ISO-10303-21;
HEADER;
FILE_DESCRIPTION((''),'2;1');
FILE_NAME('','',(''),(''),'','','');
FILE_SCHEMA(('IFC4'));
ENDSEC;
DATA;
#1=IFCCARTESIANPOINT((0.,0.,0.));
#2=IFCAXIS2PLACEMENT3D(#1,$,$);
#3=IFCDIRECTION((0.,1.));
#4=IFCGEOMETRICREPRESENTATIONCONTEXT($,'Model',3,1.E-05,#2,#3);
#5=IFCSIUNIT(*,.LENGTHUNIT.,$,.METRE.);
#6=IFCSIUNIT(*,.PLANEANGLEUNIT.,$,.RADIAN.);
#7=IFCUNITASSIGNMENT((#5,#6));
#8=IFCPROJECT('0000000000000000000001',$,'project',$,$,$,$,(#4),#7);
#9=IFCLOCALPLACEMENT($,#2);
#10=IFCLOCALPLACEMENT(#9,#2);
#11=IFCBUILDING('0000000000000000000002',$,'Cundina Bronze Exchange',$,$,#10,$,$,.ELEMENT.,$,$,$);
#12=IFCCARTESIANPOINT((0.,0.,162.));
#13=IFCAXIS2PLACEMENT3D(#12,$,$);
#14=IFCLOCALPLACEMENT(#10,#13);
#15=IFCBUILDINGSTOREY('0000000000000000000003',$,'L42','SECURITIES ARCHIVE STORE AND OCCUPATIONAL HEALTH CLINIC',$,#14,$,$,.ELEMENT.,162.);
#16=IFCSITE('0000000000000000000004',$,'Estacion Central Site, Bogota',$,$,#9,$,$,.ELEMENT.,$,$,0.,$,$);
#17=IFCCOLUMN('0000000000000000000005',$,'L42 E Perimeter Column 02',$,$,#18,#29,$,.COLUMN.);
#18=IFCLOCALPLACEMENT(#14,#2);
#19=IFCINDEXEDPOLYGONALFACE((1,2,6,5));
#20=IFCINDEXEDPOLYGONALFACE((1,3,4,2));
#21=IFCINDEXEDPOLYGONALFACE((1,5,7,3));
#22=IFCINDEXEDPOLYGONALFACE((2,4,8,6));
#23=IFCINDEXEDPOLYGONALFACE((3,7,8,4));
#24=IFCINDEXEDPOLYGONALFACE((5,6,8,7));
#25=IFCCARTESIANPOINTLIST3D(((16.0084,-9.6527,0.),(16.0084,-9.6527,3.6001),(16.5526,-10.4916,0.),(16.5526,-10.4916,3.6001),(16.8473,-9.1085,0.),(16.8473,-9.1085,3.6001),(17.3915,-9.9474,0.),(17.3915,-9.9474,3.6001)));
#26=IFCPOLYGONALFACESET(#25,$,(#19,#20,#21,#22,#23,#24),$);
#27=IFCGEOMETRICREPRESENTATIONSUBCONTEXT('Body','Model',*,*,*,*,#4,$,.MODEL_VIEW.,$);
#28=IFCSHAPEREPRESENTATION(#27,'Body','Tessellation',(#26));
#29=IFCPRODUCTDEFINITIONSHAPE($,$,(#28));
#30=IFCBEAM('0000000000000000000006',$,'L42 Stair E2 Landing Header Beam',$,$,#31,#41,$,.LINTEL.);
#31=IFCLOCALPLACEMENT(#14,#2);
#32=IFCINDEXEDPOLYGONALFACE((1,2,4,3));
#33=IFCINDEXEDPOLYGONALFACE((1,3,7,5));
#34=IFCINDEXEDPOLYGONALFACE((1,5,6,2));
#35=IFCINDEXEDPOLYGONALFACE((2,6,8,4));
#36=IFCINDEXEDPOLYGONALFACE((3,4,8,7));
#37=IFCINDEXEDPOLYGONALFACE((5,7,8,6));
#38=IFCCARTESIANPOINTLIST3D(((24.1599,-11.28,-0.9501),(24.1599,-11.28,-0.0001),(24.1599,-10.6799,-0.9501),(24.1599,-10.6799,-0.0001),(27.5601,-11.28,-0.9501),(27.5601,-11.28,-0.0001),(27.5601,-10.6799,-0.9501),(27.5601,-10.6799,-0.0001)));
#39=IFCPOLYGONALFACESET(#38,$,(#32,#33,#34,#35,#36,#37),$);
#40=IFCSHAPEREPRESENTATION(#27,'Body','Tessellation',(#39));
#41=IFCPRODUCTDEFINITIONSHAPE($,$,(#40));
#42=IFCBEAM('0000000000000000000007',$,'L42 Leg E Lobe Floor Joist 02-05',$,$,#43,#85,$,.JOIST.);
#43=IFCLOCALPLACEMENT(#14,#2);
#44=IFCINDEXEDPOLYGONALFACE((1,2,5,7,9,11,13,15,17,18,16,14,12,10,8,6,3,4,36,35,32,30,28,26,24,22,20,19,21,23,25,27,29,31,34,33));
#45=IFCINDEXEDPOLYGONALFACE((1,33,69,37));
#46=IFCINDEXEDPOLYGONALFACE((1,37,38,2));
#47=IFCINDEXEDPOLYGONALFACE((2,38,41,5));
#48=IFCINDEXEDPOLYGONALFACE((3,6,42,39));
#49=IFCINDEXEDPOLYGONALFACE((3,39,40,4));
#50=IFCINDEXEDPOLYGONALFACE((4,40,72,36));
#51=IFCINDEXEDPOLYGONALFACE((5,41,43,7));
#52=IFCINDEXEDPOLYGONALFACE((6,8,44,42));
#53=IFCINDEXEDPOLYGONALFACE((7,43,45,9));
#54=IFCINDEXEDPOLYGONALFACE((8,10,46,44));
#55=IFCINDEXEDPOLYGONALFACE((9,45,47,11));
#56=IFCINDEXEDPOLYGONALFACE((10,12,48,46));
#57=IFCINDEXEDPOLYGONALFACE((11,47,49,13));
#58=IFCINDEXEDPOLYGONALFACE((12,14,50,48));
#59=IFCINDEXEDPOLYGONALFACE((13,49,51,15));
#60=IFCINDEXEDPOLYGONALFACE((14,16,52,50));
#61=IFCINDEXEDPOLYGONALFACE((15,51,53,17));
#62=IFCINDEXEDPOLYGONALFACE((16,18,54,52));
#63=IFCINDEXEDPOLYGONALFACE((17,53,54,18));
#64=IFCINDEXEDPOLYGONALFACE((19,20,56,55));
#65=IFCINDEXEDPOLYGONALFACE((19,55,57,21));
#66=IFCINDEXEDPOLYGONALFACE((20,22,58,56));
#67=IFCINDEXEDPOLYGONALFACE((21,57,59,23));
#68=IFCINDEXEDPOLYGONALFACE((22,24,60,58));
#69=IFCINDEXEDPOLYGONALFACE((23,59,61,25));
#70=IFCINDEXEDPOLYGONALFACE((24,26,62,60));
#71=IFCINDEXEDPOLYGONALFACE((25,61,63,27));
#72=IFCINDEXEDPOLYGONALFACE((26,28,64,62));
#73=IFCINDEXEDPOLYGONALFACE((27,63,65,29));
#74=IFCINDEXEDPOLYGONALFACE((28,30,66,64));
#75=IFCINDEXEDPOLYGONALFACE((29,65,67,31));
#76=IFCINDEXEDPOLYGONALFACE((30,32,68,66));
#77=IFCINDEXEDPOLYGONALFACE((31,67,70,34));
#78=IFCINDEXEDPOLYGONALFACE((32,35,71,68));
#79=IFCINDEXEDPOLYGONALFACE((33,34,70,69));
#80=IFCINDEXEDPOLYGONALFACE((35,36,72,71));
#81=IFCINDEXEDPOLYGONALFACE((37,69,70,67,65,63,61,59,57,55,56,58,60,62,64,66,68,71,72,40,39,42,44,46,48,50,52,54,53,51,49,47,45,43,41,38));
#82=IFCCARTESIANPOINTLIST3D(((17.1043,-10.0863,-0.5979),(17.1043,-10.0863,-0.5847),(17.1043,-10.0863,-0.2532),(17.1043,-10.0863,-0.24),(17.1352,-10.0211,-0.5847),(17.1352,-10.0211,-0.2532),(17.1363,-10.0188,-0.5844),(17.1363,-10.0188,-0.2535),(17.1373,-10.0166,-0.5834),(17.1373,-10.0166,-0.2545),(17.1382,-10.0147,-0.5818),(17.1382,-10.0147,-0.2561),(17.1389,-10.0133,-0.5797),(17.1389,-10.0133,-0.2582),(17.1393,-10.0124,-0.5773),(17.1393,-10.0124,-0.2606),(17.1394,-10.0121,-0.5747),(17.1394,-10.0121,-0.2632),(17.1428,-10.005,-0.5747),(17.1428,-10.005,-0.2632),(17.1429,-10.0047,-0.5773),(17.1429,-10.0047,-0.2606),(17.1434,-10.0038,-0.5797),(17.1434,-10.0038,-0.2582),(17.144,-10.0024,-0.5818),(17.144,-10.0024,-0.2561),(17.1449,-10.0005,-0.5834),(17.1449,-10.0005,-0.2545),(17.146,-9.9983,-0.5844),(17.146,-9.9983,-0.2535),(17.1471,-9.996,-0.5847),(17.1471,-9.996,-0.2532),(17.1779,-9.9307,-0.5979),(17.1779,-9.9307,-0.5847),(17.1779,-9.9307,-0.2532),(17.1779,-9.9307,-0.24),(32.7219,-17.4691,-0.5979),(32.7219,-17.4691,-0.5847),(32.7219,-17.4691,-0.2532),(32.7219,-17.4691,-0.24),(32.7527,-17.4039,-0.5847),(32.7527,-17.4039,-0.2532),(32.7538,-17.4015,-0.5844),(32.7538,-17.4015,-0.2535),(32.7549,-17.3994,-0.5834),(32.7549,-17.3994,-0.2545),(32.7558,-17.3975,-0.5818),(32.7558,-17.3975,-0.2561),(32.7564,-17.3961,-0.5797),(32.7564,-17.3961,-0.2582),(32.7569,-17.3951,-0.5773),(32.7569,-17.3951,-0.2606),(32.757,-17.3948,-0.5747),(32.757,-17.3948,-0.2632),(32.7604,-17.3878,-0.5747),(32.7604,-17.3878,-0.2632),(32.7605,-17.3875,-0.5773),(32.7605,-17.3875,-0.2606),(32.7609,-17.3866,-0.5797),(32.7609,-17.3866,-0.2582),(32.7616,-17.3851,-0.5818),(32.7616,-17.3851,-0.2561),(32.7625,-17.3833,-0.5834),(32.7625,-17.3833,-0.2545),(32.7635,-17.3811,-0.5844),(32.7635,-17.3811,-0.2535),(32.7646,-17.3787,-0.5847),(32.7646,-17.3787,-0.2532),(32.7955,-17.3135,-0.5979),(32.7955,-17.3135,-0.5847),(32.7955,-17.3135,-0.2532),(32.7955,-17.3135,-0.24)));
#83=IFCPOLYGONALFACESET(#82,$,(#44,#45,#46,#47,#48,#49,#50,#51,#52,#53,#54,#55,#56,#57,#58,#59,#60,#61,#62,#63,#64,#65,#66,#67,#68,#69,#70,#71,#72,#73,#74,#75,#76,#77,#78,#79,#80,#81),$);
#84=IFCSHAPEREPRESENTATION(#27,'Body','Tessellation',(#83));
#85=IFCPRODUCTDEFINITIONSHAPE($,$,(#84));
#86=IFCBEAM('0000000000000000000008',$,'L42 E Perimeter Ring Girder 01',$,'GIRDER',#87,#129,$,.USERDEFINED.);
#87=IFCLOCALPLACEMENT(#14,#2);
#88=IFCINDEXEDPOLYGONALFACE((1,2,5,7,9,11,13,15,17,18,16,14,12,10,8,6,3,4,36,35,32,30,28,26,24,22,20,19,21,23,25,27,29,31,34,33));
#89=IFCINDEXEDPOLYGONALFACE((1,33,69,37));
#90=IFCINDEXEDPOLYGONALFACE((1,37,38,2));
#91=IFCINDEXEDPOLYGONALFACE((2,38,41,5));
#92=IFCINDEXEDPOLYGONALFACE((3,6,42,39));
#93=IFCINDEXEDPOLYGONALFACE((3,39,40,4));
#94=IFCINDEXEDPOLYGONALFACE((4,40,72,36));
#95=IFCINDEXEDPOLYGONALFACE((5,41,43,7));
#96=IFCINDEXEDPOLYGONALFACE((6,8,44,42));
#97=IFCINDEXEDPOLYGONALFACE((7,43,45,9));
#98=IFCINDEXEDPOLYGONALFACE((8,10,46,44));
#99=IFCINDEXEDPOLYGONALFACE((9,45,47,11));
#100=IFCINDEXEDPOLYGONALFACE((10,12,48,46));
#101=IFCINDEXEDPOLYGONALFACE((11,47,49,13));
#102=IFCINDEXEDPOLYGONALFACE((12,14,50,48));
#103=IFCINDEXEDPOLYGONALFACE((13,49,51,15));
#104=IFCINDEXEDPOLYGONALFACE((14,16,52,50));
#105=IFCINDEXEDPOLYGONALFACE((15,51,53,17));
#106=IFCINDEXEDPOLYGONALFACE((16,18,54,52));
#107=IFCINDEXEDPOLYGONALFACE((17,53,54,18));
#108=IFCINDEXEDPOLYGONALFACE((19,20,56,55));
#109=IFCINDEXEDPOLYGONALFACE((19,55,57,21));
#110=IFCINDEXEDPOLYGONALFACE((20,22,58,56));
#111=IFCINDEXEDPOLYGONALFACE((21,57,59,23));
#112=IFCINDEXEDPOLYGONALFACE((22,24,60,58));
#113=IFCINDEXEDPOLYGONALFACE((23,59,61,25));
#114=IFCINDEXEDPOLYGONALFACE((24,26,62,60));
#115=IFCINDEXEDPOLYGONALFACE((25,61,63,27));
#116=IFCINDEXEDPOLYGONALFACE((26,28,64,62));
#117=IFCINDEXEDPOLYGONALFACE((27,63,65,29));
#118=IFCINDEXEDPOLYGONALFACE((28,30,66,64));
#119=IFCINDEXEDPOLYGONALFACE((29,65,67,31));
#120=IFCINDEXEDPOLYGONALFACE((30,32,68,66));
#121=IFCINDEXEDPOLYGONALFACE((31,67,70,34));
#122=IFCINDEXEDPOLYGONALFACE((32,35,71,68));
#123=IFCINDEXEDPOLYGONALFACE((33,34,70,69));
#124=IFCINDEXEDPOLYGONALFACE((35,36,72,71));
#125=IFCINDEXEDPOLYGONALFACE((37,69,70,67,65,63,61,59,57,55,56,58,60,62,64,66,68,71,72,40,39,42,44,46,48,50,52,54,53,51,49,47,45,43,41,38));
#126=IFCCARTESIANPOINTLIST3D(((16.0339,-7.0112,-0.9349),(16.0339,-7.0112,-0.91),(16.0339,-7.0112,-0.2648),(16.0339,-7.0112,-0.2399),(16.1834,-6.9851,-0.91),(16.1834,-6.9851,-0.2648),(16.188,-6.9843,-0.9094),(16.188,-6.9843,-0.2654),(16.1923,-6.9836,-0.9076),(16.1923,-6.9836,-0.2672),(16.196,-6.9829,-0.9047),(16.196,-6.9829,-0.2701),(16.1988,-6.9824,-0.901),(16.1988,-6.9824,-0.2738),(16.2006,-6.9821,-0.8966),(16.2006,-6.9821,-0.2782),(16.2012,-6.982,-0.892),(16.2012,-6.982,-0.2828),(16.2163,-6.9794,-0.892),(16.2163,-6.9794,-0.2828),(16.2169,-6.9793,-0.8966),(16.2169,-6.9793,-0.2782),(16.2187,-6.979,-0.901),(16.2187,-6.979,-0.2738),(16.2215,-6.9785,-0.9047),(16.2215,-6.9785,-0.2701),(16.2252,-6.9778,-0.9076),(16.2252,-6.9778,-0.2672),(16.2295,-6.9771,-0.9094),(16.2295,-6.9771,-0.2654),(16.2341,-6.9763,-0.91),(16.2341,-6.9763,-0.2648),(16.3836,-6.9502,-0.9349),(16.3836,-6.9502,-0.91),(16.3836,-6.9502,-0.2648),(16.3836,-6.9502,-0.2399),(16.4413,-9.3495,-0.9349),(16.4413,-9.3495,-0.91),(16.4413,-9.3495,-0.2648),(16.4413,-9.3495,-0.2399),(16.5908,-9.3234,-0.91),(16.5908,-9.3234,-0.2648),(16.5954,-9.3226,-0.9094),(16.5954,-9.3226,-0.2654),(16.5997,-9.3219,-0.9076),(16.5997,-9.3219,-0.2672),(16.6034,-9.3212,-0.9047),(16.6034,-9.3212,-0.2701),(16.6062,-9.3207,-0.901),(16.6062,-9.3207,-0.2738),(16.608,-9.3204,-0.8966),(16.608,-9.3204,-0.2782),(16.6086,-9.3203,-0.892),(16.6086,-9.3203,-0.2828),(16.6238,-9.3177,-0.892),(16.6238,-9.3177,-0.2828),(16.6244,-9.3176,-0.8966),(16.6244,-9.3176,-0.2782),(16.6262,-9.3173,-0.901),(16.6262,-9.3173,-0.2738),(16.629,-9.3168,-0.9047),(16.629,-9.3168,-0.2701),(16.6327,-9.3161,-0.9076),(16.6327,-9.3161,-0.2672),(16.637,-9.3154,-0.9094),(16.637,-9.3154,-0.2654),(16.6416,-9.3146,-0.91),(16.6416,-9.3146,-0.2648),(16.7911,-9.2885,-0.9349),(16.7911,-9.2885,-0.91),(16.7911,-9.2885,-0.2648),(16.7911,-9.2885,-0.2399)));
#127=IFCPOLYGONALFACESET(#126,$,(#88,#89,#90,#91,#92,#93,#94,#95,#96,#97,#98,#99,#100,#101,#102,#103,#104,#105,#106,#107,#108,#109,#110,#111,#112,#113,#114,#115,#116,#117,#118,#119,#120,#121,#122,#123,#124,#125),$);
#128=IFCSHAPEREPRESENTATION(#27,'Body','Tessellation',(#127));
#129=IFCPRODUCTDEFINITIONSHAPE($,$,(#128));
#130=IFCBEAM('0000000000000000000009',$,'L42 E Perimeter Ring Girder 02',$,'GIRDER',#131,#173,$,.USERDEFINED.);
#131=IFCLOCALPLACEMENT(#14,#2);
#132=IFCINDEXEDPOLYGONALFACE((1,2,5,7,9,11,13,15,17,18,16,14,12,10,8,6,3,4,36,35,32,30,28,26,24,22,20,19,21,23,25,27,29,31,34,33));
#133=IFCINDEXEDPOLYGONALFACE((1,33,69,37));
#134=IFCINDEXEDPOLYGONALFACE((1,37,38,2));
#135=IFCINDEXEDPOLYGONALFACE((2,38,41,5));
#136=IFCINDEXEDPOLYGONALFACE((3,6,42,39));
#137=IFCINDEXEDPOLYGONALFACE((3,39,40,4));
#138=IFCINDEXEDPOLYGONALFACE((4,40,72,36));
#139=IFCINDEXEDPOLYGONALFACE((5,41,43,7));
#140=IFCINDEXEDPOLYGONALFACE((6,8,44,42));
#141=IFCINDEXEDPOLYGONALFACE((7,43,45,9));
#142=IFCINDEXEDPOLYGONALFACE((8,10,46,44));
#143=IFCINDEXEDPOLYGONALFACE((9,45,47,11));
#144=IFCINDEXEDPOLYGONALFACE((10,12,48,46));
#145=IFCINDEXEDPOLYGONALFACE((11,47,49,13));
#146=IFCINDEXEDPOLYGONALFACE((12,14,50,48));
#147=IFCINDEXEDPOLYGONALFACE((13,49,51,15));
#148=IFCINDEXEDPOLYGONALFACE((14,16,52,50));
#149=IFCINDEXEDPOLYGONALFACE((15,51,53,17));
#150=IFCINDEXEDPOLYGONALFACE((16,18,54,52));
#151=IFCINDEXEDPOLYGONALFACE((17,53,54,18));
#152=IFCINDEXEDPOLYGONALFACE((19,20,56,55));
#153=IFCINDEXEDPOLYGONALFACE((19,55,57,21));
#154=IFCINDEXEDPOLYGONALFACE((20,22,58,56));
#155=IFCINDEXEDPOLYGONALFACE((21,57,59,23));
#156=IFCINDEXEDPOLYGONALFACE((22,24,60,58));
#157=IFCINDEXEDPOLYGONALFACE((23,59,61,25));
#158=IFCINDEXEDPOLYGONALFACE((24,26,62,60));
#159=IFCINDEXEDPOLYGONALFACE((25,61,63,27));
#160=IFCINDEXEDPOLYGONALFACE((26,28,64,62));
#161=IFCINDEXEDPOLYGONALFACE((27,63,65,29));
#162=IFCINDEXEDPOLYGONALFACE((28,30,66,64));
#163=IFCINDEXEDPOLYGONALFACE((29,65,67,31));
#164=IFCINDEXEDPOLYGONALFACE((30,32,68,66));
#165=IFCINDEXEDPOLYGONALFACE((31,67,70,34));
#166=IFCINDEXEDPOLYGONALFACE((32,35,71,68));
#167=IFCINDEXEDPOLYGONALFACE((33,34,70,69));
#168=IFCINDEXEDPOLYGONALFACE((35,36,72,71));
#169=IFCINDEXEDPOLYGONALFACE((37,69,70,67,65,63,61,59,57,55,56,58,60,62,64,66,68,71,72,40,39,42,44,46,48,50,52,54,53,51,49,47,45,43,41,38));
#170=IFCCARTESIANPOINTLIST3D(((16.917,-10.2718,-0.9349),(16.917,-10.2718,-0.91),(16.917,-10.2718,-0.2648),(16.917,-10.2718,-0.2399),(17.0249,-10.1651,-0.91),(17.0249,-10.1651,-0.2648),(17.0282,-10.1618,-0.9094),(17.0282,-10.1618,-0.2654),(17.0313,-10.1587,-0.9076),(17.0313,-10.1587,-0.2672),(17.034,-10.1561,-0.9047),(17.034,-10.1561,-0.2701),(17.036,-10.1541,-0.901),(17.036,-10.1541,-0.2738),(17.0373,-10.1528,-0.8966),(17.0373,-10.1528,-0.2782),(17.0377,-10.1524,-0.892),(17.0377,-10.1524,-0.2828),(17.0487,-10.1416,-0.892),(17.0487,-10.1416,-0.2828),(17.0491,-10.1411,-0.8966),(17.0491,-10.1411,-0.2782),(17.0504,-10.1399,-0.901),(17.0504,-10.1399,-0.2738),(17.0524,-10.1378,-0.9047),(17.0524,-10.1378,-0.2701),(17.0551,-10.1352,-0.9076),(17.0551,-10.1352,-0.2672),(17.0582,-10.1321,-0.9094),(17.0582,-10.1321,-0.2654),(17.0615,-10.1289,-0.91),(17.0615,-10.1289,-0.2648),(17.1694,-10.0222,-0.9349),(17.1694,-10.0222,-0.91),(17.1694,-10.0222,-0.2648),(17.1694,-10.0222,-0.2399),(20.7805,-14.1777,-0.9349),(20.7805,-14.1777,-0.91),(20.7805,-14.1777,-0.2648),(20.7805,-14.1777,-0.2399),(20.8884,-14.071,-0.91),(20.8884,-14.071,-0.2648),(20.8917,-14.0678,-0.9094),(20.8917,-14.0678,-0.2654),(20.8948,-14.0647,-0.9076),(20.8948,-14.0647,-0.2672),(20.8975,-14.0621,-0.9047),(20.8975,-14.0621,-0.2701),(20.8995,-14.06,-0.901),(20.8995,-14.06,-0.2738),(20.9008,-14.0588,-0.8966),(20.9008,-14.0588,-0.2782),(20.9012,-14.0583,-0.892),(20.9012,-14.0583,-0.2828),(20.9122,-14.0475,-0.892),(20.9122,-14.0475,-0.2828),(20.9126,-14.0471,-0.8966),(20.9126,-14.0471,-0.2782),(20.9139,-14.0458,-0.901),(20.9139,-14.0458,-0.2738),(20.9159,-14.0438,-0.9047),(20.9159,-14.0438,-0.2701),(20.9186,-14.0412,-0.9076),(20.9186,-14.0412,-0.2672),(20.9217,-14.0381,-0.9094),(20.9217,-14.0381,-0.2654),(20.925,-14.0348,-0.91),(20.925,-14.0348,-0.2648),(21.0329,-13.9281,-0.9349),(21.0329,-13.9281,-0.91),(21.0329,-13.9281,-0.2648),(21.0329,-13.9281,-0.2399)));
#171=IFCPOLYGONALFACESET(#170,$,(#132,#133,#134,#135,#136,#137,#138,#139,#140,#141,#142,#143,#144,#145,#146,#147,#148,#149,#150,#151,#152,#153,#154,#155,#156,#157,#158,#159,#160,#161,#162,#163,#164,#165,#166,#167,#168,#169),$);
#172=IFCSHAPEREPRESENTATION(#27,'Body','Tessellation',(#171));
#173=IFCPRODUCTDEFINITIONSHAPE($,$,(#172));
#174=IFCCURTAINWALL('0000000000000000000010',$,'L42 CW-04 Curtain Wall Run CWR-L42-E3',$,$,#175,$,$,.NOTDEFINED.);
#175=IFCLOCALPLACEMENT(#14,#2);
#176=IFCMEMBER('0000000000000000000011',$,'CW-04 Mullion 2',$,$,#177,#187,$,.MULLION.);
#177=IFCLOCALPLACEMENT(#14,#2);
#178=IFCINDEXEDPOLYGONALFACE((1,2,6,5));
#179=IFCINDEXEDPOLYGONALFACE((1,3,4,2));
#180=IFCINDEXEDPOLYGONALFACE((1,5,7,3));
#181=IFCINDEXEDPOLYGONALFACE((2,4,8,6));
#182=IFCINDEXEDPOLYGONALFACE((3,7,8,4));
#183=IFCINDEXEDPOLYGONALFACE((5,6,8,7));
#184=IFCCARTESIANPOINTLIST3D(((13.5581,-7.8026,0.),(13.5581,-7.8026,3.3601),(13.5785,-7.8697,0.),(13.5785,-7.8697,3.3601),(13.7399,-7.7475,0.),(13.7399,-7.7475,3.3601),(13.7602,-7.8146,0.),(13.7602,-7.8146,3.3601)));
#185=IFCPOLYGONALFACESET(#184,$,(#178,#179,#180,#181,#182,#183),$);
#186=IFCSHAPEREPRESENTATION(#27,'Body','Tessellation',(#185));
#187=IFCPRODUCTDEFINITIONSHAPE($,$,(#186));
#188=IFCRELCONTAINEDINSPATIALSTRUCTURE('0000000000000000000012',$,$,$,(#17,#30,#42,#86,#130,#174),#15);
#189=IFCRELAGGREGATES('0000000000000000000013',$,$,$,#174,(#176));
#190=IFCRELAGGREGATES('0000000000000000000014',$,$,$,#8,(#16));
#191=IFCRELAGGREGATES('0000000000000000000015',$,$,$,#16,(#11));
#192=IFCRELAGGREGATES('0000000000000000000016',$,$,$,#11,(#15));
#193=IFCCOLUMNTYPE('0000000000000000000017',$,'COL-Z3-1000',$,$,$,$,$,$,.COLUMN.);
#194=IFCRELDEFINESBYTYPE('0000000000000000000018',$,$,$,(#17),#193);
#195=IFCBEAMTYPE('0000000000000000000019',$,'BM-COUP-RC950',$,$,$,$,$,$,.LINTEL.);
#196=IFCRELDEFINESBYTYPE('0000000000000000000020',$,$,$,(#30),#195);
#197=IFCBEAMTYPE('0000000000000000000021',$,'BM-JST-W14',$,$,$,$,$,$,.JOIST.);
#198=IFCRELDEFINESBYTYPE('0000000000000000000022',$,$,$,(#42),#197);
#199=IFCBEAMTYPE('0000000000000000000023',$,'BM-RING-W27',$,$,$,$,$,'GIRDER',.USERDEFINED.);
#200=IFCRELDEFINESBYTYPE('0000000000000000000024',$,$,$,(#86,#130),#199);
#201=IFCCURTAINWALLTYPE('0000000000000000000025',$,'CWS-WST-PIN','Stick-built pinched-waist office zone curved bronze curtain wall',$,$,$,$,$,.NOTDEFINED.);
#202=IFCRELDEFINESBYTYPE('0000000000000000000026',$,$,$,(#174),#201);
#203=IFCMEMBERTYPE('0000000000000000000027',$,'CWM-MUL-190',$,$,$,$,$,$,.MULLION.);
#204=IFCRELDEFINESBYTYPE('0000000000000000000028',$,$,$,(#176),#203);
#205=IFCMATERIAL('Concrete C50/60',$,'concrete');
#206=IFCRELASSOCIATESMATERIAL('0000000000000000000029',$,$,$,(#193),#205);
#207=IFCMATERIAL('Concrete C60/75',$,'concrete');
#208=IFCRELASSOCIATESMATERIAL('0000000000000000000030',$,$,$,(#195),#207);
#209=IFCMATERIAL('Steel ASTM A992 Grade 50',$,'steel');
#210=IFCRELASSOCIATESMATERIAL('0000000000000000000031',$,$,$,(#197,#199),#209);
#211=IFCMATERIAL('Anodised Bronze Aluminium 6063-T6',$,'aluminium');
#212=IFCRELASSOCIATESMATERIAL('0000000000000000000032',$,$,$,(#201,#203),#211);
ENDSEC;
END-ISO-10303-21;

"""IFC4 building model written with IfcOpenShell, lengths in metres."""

from ifc_helpers import new_model, si_unit, direction, frame, origin, origin_2d, place, context, subcontext, project, spatial, rectangle, i_section, extrude, material, material_profile, profile_set, type_object, element, aggregate, save


model = new_model("IFC4")

# Units and contexts
model_context = context("Model", 3, precision=1e-05, world=origin(), true_north=direction((0.0, 1.0)))
body_context = subcontext(model_context, "Body", "Model", "MODEL_VIEW")
ifc_project = project(units=[si_unit("LENGTHUNIT", "METRE"), si_unit("PLANEANGLEUNIT", "RADIAN")], contexts=[model_context])

# Site, building, storey
site_placement = place(None, origin())
site = spatial("IfcSite", under=ifc_project, at=site_placement, Name="Estacion Central Site, Bogota", CompositionType="ELEMENT", RefElevation=0.0)
building_placement = place(site_placement, origin())
building = spatial("IfcBuilding", under=site, at=building_placement, Name="Cundina Bronze Exchange", CompositionType="ELEMENT")
storey_placement = place(building_placement, frame((0.0, 0.0, 162.0)))
storey = spatial("IfcBuildingStorey", under=building, at=storey_placement, Name="L42", Description="SECURITIES ARCHIVE STORE AND OCCUPATIONAL HEALTH CLINIC", CompositionType="ELEMENT", Elevation=162.0)

# Column
ifc_material_1 = material(Name="Concrete C50/60", Category="concrete")
ifc_material_profile_1 = material_profile(ifc_material_1, rectangle(XDim=1.0, YDim=1.0, at=origin_2d()), Name="RC1000X1000", Category="concrete")
ifc_profile_set_1 = profile_set([ifc_material_profile_1], Name="Concrete C50/60")
column_type = type_object("IfcColumnType", Name="COL-Z3-1000", PredefinedType="COLUMN", material=ifc_profile_set_1)
column_placement = place(storey_placement, frame((16.7, -9.8, 0.0), z_axis=(0.0, 0.0, 1.0), x_axis=(0.5442, -0.838956, 0.0)))
element("IfcColumn", 1, at=column_placement, inside=storey, type_object=column_type, Name="L42 E Perimeter Column 02", PredefinedType="COLUMN", context=body_context, shape_type="SweptSolid", body=[
    extrude(rectangle(XDim=1.0, YDim=1.0, at=origin_2d()), origin(), (0.0, 0.0, 1.0), 3.6001),
])

# Beams
ifc_material_2 = material(Name="Concrete C60/75", Category="concrete")
ifc_material_profile_2 = material_profile(ifc_material_2, rectangle(XDim=0.6001, YDim=0.95, at=origin_2d()), Name="RC600X950", Category="concrete")
ifc_profile_set_2 = profile_set([ifc_material_profile_2], Name="Concrete C60/75")
beam_type_1 = type_object("IfcBeamType", Name="BM-COUP-RC950", PredefinedType="LINTEL", material=ifc_profile_set_2)
beam_1_placement = place(storey_placement, frame((24.1599, -10.98, -0.4751), z_axis=(1.0, 0.0, 0.0), x_axis=(0.0, 1.0, 0.0)))
element("IfcBeam", 2, at=beam_1_placement, inside=storey, type_object=beam_type_1, Name="L42 Stair E2 Landing Header Beam", PredefinedType="LINTEL", context=body_context, shape_type="SweptSolid", body=[
    extrude(rectangle(XDim=0.6001, YDim=0.95, at=origin_2d()), origin(), (0.0, 0.0, 1.0), 3.4001),
])
ifc_material_3 = material(Name="Steel ASTM A992 Grade 50", Category="steel")
ifc_material_profile_3 = material_profile(ifc_material_3, i_section(OverallWidth=0.1721, OverallDepth=0.3579, WebThickness=0.0078, FlangeThickness=0.0132, FilletRadius=0.01, at=origin_2d()), Name="W14X38", Category="steel")
ifc_profile_set_3 = profile_set([ifc_material_profile_3], Name="Steel ASTM A992 Grade 50")
beam_type_2 = type_object("IfcBeamType", Name="BM-JST-W14", PredefinedType="JOIST", material=ifc_profile_set_3)
beam_2_placement = place(storey_placement, frame((17.1411, -10.0085, -0.4189), z_axis=(0.904074, -0.427375, 0.0), x_axis=(0.427375, 0.904074, 0.0)))
element("IfcBeam", 3, at=beam_2_placement, inside=storey, type_object=beam_type_2, Name="L42 Leg E Lobe Floor Joist 02-05", PredefinedType="JOIST", context=body_context, shape_type="SweptSolid", body=[
    extrude(i_section(OverallWidth=0.1721, OverallDepth=0.3579, WebThickness=0.0078, FlangeThickness=0.0132, FilletRadius=0.01, at=origin_2d()), origin(), (0.0, 0.0, 1.0), 17.2747),
])
ifc_material_profile_4 = material_profile(ifc_material_3, i_section(OverallWidth=0.355, OverallDepth=0.6951, WebThickness=0.0154, FlangeThickness=0.0249, FilletRadius=0.0181, at=origin_2d()), Name="W27X146", Category="steel")
ifc_profile_set_4 = profile_set([ifc_material_profile_4], Name="Steel ASTM A992 Grade 50")
beam_type_3 = type_object("IfcBeamType", Name="BM-RING-W27", ElementType="GIRDER", PredefinedType="USERDEFINED", material=ifc_profile_set_4)
beam_3_placement = place(storey_placement, frame((16.2087, -6.9807, -0.5874), z_axis=(0.171667, -0.985155, 0.0), x_axis=(0.985155, 0.171667, 0.0)))
element("IfcBeam", 4, at=beam_3_placement, inside=storey, type_object=beam_type_3, Name="L42 E Perimeter Ring Girder 01", ObjectType="GIRDER", PredefinedType="USERDEFINED", context=body_context, shape_type="SweptSolid", body=[
    extrude(i_section(OverallWidth=0.355, OverallDepth=0.6951, WebThickness=0.0154, FlangeThickness=0.0249, FilletRadius=0.0181, at=origin_2d()), origin(), (0.0, 0.0, 1.0), 2.3735),
])
beam_4_placement = place(storey_placement, frame((17.0432, -10.147, -0.5874), z_axis=(0.70323, -0.710962, 0.0), x_axis=(0.710962, 0.70323, 0.0)))
element("IfcBeam", 5, at=beam_4_placement, inside=storey, type_object=beam_type_3, Name="L42 E Perimeter Ring Girder 02", ObjectType="GIRDER", PredefinedType="USERDEFINED", context=body_context, shape_type="SweptSolid", body=[
    extrude(i_section(OverallWidth=0.355, OverallDepth=0.6951, WebThickness=0.0154, FlangeThickness=0.0249, FilletRadius=0.0181, at=origin_2d()), origin(), (0.0, 0.0, 1.0), 5.4939),
])

# Curtain wall, member
ifc_material_4 = material(Name="Anodised Bronze Aluminium 6063-T6", Category="aluminium")
curtain_wall_type = type_object("IfcCurtainWallType", Name="CWS-WST-PIN", Description="Stick-built pinched-waist office zone curved bronze curtain wall", PredefinedType="NOTDEFINED", material=ifc_material_4)
curtain_wall_placement = place(storey_placement, origin())
curtain_wall = element("IfcCurtainWall", 6, at=curtain_wall_placement, inside=storey, type_object=curtain_wall_type, Name="L42 CW-04 Curtain Wall Run CWR-L42-E3", PredefinedType="NOTDEFINED")
ifc_material_profile_5 = material_profile(ifc_material_4, rectangle(XDim=0.0701, YDim=0.1899, at=origin_2d()), Name="AL70X190", Category="aluminium")
ifc_profile_set_5 = profile_set([ifc_material_profile_5], Name="Anodised Bronze Aluminium 6063-T6")
member_type_1 = type_object("IfcMemberType", Name="CWM-MUL-190", PredefinedType="MULLION", material=ifc_profile_set_5)
member_1_placement = place(storey_placement, frame((13.6592, -7.8086, 0.0), z_axis=(0.0, 0.0, 1.0), x_axis=(0.290034, -0.957016, 0.0)))
member_1 = element("IfcMember", 7, at=member_1_placement, type_object=member_type_1, Name="CW-04 Mullion 2", PredefinedType="MULLION", context=body_context, shape_type="SweptSolid", body=[
    extrude(rectangle(XDim=0.0701, YDim=0.1899, at=origin_2d()), origin(), (0.0, 0.0, 1.0), 3.3601),
])
aggregate(curtain_wall, [member_1])

save(model, "model.ifc")
